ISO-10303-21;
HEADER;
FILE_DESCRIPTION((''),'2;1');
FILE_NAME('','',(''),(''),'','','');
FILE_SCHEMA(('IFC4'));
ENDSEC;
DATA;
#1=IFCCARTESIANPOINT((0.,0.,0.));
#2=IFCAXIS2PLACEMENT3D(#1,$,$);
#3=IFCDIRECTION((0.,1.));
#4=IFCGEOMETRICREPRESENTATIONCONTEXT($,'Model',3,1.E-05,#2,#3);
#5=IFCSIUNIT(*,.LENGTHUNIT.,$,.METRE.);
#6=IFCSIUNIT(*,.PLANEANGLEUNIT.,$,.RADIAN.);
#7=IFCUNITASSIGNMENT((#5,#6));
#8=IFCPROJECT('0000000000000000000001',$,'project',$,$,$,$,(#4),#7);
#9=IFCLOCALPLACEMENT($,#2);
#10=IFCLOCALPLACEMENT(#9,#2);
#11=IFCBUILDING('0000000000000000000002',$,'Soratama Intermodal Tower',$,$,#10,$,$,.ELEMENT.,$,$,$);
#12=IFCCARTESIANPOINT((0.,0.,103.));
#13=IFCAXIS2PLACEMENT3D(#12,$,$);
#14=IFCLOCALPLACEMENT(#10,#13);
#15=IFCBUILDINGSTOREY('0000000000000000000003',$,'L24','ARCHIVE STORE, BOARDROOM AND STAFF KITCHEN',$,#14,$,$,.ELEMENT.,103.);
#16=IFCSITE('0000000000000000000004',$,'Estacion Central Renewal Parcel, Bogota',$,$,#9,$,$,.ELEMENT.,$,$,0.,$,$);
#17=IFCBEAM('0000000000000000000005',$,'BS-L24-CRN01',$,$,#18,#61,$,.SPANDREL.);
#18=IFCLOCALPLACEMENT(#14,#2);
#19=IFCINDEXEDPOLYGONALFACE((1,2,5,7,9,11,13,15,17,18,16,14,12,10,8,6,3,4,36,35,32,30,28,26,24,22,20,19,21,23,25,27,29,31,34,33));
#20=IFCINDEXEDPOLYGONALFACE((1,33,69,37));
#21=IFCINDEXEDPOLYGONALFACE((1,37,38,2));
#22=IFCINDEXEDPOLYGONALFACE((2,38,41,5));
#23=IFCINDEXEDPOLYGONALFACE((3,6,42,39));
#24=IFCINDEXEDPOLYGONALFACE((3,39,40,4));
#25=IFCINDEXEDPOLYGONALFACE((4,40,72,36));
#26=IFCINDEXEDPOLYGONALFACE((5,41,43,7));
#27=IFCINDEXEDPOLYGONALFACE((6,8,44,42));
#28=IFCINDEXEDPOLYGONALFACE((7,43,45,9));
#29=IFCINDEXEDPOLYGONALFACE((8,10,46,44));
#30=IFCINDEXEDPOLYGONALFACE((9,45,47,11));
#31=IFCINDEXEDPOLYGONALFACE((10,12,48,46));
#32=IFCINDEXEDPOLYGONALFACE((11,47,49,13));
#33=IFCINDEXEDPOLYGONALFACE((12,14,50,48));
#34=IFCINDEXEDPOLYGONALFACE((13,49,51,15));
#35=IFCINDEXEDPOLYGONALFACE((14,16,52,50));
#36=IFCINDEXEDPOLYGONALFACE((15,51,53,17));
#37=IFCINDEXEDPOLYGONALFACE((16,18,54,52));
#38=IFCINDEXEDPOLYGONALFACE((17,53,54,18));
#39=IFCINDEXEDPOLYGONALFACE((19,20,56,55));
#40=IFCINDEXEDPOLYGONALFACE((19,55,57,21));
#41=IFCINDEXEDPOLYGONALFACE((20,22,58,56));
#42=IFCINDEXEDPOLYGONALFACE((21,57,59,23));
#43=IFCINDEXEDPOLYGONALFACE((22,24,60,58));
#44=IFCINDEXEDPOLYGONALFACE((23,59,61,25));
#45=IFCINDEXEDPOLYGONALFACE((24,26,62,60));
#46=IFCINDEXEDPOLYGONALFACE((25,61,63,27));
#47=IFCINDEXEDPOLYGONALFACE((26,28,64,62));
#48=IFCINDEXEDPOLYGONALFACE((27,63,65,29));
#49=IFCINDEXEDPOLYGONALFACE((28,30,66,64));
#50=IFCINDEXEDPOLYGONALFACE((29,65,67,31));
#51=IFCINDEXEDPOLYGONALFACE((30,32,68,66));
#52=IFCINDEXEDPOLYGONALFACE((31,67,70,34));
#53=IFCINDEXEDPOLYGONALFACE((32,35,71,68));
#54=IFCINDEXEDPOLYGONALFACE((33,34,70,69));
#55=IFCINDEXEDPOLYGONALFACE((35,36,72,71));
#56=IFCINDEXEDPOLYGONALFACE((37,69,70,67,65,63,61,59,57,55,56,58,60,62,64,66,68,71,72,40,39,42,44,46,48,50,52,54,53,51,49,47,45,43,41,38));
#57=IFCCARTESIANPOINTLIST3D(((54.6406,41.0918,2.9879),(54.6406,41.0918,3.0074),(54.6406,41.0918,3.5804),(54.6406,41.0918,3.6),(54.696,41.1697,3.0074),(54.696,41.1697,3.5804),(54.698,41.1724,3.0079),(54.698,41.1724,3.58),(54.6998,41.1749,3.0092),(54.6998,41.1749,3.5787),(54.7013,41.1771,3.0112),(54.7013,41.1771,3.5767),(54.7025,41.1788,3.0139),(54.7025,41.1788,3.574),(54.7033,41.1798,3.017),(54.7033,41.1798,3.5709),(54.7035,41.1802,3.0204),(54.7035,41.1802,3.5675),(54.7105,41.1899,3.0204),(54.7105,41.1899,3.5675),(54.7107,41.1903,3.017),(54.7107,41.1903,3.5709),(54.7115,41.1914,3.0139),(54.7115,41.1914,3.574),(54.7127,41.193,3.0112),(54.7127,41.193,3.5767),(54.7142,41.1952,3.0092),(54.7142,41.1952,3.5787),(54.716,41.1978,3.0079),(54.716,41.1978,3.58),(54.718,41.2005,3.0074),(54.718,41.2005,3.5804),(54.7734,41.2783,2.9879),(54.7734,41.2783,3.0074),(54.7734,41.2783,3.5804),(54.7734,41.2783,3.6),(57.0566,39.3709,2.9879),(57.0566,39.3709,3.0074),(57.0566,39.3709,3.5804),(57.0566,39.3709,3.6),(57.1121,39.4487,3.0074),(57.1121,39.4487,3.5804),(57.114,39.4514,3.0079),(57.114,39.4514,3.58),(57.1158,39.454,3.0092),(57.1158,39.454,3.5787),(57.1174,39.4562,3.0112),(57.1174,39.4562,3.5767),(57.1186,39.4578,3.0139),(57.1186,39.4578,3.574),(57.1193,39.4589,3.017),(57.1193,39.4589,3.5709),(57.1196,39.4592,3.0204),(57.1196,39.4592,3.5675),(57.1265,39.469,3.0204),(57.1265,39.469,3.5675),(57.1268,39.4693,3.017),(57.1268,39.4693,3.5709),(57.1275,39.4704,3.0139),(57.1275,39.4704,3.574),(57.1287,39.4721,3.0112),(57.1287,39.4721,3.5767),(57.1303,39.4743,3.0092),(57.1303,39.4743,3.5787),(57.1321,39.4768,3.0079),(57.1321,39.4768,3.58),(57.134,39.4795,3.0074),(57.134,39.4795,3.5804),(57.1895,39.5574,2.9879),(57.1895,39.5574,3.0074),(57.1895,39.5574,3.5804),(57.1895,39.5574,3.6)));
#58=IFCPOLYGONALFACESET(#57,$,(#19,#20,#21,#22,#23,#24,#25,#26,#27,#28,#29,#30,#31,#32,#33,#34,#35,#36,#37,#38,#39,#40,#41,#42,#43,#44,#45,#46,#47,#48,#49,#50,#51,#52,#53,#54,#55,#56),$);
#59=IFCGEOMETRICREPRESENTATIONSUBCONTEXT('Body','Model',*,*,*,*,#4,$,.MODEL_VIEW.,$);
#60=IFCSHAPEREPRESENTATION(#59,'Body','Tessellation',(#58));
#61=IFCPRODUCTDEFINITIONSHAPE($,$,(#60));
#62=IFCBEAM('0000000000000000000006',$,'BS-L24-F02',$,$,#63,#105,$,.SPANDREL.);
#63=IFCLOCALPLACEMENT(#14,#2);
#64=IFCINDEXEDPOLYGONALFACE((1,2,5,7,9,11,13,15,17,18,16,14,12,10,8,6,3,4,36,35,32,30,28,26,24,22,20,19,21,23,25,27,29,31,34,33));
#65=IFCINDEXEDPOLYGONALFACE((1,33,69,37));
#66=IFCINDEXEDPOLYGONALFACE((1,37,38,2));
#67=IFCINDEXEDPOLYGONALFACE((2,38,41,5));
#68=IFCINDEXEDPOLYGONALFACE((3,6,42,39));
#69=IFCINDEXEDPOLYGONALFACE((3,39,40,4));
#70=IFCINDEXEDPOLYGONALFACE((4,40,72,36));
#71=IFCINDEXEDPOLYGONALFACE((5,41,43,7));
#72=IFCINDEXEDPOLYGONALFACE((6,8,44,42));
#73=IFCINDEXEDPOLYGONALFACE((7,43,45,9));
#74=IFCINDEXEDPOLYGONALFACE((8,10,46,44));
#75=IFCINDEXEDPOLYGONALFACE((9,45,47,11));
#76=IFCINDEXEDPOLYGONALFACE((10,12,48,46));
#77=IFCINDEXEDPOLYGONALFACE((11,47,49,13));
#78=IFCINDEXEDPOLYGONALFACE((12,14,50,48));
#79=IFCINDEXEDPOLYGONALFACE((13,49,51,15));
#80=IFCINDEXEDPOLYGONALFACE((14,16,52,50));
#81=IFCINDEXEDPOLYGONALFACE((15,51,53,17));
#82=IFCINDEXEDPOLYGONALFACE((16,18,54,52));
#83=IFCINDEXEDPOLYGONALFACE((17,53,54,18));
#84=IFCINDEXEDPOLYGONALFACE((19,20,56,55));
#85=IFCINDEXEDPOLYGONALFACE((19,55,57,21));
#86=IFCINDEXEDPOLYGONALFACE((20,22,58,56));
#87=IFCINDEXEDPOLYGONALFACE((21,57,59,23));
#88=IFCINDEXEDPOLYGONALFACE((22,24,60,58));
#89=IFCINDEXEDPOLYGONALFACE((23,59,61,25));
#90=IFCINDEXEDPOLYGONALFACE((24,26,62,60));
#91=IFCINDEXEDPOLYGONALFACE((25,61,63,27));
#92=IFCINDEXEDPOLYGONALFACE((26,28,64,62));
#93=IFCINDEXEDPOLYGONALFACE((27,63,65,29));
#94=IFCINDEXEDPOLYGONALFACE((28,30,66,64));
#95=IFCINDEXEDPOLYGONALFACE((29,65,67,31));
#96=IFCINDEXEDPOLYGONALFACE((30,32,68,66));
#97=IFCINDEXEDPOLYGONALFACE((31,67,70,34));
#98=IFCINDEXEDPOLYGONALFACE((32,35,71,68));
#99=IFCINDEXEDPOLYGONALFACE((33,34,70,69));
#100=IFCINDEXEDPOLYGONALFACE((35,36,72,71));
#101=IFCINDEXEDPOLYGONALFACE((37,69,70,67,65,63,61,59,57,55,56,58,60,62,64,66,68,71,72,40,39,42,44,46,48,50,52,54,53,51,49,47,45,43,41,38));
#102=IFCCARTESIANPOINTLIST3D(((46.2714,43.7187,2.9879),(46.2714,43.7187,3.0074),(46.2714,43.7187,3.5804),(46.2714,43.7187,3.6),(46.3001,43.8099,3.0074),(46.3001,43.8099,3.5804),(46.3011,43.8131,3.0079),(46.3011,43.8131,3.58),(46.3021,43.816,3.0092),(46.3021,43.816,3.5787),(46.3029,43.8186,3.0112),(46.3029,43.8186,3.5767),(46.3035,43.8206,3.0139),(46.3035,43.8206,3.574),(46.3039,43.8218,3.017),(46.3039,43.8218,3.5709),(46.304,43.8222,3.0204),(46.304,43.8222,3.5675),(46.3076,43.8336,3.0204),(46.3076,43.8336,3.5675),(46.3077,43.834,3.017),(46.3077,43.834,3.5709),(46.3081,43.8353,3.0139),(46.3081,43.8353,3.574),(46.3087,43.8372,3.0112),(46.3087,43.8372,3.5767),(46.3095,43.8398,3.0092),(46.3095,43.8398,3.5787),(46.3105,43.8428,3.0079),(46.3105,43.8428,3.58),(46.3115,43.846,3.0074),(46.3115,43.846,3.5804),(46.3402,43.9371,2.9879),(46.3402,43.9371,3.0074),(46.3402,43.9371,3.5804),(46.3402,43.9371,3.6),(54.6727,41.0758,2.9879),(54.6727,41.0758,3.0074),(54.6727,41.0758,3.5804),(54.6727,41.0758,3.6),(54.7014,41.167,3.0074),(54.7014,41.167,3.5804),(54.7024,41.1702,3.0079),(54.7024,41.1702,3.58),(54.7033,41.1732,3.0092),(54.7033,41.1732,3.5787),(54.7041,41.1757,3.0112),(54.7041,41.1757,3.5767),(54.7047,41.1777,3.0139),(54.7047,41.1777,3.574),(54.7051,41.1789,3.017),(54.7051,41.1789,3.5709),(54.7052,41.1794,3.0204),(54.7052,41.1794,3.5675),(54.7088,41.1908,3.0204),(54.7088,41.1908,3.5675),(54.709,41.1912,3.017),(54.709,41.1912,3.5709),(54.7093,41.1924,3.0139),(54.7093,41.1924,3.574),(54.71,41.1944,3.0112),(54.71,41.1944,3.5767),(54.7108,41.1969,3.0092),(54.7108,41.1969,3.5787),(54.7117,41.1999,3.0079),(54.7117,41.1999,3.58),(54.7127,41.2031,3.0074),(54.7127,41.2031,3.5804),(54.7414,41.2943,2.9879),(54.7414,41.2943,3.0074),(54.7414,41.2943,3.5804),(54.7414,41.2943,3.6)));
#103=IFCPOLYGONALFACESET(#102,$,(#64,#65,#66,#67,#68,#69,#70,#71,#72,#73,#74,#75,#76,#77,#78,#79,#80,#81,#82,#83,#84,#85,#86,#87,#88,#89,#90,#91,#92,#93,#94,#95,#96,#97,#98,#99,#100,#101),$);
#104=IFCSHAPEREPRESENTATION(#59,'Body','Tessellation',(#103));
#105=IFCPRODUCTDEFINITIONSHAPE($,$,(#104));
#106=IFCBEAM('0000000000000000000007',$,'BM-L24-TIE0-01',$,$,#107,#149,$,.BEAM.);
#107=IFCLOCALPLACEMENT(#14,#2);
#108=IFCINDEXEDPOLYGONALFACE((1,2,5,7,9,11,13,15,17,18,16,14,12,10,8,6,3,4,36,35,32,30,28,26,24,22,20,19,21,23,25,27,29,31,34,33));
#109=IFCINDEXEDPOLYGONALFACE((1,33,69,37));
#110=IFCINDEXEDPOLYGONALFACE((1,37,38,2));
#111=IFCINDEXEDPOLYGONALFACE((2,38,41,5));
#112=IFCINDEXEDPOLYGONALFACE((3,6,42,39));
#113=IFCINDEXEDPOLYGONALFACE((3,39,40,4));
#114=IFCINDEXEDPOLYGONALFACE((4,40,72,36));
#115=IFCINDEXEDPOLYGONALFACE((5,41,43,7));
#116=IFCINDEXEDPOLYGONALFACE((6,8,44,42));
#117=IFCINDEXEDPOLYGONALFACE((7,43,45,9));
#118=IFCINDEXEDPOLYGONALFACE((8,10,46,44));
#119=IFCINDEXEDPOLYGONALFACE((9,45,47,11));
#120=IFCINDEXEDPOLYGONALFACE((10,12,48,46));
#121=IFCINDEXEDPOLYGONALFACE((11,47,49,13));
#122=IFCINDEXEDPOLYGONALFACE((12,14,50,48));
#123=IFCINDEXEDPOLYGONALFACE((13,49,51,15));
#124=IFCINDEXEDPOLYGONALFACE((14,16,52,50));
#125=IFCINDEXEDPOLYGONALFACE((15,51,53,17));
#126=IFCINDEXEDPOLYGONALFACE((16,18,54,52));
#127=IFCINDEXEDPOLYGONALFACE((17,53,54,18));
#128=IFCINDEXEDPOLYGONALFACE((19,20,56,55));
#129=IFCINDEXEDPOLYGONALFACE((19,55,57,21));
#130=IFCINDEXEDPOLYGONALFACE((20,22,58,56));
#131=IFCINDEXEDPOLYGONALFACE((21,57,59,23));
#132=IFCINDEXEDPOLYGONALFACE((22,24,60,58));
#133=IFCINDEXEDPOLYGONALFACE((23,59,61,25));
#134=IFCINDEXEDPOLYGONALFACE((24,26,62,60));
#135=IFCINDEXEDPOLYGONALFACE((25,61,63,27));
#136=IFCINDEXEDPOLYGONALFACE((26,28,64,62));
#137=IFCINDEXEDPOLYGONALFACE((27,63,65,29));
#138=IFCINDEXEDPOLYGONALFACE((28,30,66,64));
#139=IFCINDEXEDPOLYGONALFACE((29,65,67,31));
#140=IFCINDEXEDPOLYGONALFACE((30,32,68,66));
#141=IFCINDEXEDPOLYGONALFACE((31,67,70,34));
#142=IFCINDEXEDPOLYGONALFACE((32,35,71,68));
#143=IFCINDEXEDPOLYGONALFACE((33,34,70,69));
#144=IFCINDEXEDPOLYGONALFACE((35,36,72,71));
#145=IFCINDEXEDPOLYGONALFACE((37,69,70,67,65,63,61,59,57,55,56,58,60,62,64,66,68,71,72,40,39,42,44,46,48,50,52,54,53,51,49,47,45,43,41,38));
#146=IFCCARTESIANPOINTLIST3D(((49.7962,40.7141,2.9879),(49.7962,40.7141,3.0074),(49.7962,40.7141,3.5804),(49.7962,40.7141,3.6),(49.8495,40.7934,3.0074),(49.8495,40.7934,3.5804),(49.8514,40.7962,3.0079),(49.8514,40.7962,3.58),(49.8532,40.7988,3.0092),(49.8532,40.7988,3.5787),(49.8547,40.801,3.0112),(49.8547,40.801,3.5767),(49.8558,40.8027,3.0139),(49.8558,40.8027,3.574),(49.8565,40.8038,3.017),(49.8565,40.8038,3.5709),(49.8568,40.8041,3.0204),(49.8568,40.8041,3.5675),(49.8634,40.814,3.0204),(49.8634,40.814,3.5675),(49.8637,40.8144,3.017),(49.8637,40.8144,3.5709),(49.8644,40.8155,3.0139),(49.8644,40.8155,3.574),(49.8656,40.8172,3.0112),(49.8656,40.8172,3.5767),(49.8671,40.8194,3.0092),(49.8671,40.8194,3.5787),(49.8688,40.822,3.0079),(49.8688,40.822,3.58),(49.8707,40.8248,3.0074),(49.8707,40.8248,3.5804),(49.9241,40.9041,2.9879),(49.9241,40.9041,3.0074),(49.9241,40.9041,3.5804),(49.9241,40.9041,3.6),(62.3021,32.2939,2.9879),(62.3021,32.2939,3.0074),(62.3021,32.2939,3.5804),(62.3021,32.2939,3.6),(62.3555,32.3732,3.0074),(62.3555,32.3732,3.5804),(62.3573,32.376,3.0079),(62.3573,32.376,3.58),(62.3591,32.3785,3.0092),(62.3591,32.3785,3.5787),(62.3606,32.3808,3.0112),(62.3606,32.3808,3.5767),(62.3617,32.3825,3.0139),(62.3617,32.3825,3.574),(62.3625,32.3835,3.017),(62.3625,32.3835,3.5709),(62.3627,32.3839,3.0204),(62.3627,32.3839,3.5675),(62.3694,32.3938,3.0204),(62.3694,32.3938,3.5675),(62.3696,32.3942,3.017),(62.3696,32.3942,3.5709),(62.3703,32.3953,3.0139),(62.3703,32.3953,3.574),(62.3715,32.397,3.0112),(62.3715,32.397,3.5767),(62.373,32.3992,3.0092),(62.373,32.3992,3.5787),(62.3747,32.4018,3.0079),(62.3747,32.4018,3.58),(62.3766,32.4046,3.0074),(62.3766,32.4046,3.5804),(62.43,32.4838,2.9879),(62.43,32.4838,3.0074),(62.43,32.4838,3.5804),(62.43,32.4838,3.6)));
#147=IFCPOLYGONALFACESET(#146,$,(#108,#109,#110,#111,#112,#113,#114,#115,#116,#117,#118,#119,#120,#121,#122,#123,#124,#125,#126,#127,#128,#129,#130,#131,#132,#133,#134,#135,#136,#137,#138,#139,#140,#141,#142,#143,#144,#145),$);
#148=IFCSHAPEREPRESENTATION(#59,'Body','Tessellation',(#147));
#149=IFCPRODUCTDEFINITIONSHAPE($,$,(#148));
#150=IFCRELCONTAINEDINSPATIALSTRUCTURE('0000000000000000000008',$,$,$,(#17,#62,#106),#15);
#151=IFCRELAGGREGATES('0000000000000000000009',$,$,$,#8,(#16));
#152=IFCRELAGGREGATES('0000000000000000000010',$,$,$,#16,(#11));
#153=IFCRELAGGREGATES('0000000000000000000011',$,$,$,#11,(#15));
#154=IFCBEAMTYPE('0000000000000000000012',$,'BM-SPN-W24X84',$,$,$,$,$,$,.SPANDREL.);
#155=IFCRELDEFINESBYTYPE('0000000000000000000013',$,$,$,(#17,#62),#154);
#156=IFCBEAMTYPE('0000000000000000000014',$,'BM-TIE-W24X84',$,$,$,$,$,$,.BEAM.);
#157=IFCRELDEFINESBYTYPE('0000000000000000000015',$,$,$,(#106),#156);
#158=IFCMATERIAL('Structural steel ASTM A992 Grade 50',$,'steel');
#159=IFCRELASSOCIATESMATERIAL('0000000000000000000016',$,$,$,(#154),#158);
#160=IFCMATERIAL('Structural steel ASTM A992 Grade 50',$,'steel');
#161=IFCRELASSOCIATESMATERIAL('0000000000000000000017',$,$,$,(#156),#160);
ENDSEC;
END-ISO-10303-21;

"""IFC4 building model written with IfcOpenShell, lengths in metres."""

from ifc_helpers import new_model, si_unit, direction, frame, origin, origin_2d, place, context, subcontext, project, spatial, i_section, extrude, material, material_profile, profile_set, type_object, element, save


model = new_model("IFC4")

# Units and contexts
model_context = context("Model", 3, precision=1e-05, world=origin(), true_north=direction((0.0, 1.0)))
body_context = subcontext(model_context, "Body", "Model", "MODEL_VIEW")
ifc_project = project(units=[si_unit("LENGTHUNIT", "METRE"), si_unit("PLANEANGLEUNIT", "RADIAN")], contexts=[model_context])

# Site, building, storey
site_placement = place(None, origin())
site = spatial("IfcSite", under=ifc_project, at=site_placement, Name="Estacion Central Renewal Parcel, Bogota", CompositionType="ELEMENT", RefElevation=0.0)
building_placement = place(site_placement, origin())
building = spatial("IfcBuilding", under=site, at=building_placement, Name="Soratama Intermodal Tower", CompositionType="ELEMENT")
storey_placement = place(building_placement, frame((0.0, 0.0, 103.0)))
storey = spatial("IfcBuildingStorey", under=building, at=storey_placement, Name="L24", Description="ARCHIVE STORE, BOARDROOM AND STAFF KITCHEN", CompositionType="ELEMENT", Elevation=103.0)

# Beams
ifc_material_1 = material(Name="Structural steel ASTM A992 Grade 50", Category="steel")
ifc_material_profile_1 = material_profile(ifc_material_1, i_section(OverallWidth=0.229, OverallDepth=0.6121, WebThickness=0.012, FlangeThickness=0.0195, FilletRadius=0.0129, at=origin_2d()), Name="W24X84")
ifc_profile_set_1 = profile_set([ifc_material_profile_1], Name="Structural steel ASTM A992 Grade 50")
beam_type_1 = type_object("IfcBeamType", Name="BM-SPN-W24X84", PredefinedType="SPANDREL", material=ifc_profile_set_1)
beam_1_placement = place(storey_placement, frame((57.123, 39.4641, 3.2939), z_axis=(-0.814495, 0.580171, 0.0), x_axis=(-0.580171, -0.814495, 0.0)))
element("IfcBeam", 1, at=beam_1_placement, inside=storey, type_object=beam_type_1, Name="BS-L24-CRN01", PredefinedType="SPANDREL", context=body_context, shape_type="SweptSolid", body=[
    extrude(i_section(OverallWidth=0.229, OverallDepth=0.6121, WebThickness=0.012, FlangeThickness=0.0195, FilletRadius=0.0129, at=origin_2d()), origin(), (0.0, 0.0, 1.0), 2.9663),
])
beam_2_placement = place(storey_placement, frame((54.707, 41.1851, 3.2939), z_axis=(-0.953913, 0.300082, 0.0), x_axis=(-0.300082, -0.953913, 0.0)))
element("IfcBeam", 2, at=beam_2_placement, inside=storey, type_object=beam_type_1, Name="BS-L24-F02", PredefinedType="SPANDREL", context=body_context, shape_type="SweptSolid", body=[
    extrude(i_section(OverallWidth=0.229, OverallDepth=0.6121, WebThickness=0.012, FlangeThickness=0.0195, FilletRadius=0.0129, at=origin_2d()), origin(), (0.0, 0.0, 1.0), 8.8071),
])
ifc_material_2 = material(Name="Structural steel ASTM A992 Grade 50", Category="steel")
ifc_material_profile_2 = material_profile(ifc_material_2, i_section(OverallWidth=0.229, OverallDepth=0.6121, WebThickness=0.012, FlangeThickness=0.0195, FilletRadius=0.0129, at=origin_2d()), Name="W24X84")
ifc_profile_set_2 = profile_set([ifc_material_profile_2], Name="Structural steel ASTM A992 Grade 50")
beam_type_2 = type_object("IfcBeamType", Name="BM-TIE-W24X84", PredefinedType="BEAM", material=ifc_profile_set_2)
beam_3_placement = place(storey_placement, frame((49.8601, 40.8091, 3.2939), z_axis=(0.829503, -0.558502, 0.0), x_axis=(0.558502, 0.829503, 0.0)))
element("IfcBeam", 3, at=beam_3_placement, inside=storey, type_object=beam_type_2, Name="BM-L24-TIE0-01", PredefinedType="BEAM", context=body_context, shape_type="SweptSolid", body=[
    extrude(i_section(OverallWidth=0.229, OverallDepth=0.6121, WebThickness=0.012, FlangeThickness=0.0195, FilletRadius=0.0129, at=origin_2d()), origin(), (0.0, 0.0, 1.0), 15.0764),
])

save(model, "model.ifc")
